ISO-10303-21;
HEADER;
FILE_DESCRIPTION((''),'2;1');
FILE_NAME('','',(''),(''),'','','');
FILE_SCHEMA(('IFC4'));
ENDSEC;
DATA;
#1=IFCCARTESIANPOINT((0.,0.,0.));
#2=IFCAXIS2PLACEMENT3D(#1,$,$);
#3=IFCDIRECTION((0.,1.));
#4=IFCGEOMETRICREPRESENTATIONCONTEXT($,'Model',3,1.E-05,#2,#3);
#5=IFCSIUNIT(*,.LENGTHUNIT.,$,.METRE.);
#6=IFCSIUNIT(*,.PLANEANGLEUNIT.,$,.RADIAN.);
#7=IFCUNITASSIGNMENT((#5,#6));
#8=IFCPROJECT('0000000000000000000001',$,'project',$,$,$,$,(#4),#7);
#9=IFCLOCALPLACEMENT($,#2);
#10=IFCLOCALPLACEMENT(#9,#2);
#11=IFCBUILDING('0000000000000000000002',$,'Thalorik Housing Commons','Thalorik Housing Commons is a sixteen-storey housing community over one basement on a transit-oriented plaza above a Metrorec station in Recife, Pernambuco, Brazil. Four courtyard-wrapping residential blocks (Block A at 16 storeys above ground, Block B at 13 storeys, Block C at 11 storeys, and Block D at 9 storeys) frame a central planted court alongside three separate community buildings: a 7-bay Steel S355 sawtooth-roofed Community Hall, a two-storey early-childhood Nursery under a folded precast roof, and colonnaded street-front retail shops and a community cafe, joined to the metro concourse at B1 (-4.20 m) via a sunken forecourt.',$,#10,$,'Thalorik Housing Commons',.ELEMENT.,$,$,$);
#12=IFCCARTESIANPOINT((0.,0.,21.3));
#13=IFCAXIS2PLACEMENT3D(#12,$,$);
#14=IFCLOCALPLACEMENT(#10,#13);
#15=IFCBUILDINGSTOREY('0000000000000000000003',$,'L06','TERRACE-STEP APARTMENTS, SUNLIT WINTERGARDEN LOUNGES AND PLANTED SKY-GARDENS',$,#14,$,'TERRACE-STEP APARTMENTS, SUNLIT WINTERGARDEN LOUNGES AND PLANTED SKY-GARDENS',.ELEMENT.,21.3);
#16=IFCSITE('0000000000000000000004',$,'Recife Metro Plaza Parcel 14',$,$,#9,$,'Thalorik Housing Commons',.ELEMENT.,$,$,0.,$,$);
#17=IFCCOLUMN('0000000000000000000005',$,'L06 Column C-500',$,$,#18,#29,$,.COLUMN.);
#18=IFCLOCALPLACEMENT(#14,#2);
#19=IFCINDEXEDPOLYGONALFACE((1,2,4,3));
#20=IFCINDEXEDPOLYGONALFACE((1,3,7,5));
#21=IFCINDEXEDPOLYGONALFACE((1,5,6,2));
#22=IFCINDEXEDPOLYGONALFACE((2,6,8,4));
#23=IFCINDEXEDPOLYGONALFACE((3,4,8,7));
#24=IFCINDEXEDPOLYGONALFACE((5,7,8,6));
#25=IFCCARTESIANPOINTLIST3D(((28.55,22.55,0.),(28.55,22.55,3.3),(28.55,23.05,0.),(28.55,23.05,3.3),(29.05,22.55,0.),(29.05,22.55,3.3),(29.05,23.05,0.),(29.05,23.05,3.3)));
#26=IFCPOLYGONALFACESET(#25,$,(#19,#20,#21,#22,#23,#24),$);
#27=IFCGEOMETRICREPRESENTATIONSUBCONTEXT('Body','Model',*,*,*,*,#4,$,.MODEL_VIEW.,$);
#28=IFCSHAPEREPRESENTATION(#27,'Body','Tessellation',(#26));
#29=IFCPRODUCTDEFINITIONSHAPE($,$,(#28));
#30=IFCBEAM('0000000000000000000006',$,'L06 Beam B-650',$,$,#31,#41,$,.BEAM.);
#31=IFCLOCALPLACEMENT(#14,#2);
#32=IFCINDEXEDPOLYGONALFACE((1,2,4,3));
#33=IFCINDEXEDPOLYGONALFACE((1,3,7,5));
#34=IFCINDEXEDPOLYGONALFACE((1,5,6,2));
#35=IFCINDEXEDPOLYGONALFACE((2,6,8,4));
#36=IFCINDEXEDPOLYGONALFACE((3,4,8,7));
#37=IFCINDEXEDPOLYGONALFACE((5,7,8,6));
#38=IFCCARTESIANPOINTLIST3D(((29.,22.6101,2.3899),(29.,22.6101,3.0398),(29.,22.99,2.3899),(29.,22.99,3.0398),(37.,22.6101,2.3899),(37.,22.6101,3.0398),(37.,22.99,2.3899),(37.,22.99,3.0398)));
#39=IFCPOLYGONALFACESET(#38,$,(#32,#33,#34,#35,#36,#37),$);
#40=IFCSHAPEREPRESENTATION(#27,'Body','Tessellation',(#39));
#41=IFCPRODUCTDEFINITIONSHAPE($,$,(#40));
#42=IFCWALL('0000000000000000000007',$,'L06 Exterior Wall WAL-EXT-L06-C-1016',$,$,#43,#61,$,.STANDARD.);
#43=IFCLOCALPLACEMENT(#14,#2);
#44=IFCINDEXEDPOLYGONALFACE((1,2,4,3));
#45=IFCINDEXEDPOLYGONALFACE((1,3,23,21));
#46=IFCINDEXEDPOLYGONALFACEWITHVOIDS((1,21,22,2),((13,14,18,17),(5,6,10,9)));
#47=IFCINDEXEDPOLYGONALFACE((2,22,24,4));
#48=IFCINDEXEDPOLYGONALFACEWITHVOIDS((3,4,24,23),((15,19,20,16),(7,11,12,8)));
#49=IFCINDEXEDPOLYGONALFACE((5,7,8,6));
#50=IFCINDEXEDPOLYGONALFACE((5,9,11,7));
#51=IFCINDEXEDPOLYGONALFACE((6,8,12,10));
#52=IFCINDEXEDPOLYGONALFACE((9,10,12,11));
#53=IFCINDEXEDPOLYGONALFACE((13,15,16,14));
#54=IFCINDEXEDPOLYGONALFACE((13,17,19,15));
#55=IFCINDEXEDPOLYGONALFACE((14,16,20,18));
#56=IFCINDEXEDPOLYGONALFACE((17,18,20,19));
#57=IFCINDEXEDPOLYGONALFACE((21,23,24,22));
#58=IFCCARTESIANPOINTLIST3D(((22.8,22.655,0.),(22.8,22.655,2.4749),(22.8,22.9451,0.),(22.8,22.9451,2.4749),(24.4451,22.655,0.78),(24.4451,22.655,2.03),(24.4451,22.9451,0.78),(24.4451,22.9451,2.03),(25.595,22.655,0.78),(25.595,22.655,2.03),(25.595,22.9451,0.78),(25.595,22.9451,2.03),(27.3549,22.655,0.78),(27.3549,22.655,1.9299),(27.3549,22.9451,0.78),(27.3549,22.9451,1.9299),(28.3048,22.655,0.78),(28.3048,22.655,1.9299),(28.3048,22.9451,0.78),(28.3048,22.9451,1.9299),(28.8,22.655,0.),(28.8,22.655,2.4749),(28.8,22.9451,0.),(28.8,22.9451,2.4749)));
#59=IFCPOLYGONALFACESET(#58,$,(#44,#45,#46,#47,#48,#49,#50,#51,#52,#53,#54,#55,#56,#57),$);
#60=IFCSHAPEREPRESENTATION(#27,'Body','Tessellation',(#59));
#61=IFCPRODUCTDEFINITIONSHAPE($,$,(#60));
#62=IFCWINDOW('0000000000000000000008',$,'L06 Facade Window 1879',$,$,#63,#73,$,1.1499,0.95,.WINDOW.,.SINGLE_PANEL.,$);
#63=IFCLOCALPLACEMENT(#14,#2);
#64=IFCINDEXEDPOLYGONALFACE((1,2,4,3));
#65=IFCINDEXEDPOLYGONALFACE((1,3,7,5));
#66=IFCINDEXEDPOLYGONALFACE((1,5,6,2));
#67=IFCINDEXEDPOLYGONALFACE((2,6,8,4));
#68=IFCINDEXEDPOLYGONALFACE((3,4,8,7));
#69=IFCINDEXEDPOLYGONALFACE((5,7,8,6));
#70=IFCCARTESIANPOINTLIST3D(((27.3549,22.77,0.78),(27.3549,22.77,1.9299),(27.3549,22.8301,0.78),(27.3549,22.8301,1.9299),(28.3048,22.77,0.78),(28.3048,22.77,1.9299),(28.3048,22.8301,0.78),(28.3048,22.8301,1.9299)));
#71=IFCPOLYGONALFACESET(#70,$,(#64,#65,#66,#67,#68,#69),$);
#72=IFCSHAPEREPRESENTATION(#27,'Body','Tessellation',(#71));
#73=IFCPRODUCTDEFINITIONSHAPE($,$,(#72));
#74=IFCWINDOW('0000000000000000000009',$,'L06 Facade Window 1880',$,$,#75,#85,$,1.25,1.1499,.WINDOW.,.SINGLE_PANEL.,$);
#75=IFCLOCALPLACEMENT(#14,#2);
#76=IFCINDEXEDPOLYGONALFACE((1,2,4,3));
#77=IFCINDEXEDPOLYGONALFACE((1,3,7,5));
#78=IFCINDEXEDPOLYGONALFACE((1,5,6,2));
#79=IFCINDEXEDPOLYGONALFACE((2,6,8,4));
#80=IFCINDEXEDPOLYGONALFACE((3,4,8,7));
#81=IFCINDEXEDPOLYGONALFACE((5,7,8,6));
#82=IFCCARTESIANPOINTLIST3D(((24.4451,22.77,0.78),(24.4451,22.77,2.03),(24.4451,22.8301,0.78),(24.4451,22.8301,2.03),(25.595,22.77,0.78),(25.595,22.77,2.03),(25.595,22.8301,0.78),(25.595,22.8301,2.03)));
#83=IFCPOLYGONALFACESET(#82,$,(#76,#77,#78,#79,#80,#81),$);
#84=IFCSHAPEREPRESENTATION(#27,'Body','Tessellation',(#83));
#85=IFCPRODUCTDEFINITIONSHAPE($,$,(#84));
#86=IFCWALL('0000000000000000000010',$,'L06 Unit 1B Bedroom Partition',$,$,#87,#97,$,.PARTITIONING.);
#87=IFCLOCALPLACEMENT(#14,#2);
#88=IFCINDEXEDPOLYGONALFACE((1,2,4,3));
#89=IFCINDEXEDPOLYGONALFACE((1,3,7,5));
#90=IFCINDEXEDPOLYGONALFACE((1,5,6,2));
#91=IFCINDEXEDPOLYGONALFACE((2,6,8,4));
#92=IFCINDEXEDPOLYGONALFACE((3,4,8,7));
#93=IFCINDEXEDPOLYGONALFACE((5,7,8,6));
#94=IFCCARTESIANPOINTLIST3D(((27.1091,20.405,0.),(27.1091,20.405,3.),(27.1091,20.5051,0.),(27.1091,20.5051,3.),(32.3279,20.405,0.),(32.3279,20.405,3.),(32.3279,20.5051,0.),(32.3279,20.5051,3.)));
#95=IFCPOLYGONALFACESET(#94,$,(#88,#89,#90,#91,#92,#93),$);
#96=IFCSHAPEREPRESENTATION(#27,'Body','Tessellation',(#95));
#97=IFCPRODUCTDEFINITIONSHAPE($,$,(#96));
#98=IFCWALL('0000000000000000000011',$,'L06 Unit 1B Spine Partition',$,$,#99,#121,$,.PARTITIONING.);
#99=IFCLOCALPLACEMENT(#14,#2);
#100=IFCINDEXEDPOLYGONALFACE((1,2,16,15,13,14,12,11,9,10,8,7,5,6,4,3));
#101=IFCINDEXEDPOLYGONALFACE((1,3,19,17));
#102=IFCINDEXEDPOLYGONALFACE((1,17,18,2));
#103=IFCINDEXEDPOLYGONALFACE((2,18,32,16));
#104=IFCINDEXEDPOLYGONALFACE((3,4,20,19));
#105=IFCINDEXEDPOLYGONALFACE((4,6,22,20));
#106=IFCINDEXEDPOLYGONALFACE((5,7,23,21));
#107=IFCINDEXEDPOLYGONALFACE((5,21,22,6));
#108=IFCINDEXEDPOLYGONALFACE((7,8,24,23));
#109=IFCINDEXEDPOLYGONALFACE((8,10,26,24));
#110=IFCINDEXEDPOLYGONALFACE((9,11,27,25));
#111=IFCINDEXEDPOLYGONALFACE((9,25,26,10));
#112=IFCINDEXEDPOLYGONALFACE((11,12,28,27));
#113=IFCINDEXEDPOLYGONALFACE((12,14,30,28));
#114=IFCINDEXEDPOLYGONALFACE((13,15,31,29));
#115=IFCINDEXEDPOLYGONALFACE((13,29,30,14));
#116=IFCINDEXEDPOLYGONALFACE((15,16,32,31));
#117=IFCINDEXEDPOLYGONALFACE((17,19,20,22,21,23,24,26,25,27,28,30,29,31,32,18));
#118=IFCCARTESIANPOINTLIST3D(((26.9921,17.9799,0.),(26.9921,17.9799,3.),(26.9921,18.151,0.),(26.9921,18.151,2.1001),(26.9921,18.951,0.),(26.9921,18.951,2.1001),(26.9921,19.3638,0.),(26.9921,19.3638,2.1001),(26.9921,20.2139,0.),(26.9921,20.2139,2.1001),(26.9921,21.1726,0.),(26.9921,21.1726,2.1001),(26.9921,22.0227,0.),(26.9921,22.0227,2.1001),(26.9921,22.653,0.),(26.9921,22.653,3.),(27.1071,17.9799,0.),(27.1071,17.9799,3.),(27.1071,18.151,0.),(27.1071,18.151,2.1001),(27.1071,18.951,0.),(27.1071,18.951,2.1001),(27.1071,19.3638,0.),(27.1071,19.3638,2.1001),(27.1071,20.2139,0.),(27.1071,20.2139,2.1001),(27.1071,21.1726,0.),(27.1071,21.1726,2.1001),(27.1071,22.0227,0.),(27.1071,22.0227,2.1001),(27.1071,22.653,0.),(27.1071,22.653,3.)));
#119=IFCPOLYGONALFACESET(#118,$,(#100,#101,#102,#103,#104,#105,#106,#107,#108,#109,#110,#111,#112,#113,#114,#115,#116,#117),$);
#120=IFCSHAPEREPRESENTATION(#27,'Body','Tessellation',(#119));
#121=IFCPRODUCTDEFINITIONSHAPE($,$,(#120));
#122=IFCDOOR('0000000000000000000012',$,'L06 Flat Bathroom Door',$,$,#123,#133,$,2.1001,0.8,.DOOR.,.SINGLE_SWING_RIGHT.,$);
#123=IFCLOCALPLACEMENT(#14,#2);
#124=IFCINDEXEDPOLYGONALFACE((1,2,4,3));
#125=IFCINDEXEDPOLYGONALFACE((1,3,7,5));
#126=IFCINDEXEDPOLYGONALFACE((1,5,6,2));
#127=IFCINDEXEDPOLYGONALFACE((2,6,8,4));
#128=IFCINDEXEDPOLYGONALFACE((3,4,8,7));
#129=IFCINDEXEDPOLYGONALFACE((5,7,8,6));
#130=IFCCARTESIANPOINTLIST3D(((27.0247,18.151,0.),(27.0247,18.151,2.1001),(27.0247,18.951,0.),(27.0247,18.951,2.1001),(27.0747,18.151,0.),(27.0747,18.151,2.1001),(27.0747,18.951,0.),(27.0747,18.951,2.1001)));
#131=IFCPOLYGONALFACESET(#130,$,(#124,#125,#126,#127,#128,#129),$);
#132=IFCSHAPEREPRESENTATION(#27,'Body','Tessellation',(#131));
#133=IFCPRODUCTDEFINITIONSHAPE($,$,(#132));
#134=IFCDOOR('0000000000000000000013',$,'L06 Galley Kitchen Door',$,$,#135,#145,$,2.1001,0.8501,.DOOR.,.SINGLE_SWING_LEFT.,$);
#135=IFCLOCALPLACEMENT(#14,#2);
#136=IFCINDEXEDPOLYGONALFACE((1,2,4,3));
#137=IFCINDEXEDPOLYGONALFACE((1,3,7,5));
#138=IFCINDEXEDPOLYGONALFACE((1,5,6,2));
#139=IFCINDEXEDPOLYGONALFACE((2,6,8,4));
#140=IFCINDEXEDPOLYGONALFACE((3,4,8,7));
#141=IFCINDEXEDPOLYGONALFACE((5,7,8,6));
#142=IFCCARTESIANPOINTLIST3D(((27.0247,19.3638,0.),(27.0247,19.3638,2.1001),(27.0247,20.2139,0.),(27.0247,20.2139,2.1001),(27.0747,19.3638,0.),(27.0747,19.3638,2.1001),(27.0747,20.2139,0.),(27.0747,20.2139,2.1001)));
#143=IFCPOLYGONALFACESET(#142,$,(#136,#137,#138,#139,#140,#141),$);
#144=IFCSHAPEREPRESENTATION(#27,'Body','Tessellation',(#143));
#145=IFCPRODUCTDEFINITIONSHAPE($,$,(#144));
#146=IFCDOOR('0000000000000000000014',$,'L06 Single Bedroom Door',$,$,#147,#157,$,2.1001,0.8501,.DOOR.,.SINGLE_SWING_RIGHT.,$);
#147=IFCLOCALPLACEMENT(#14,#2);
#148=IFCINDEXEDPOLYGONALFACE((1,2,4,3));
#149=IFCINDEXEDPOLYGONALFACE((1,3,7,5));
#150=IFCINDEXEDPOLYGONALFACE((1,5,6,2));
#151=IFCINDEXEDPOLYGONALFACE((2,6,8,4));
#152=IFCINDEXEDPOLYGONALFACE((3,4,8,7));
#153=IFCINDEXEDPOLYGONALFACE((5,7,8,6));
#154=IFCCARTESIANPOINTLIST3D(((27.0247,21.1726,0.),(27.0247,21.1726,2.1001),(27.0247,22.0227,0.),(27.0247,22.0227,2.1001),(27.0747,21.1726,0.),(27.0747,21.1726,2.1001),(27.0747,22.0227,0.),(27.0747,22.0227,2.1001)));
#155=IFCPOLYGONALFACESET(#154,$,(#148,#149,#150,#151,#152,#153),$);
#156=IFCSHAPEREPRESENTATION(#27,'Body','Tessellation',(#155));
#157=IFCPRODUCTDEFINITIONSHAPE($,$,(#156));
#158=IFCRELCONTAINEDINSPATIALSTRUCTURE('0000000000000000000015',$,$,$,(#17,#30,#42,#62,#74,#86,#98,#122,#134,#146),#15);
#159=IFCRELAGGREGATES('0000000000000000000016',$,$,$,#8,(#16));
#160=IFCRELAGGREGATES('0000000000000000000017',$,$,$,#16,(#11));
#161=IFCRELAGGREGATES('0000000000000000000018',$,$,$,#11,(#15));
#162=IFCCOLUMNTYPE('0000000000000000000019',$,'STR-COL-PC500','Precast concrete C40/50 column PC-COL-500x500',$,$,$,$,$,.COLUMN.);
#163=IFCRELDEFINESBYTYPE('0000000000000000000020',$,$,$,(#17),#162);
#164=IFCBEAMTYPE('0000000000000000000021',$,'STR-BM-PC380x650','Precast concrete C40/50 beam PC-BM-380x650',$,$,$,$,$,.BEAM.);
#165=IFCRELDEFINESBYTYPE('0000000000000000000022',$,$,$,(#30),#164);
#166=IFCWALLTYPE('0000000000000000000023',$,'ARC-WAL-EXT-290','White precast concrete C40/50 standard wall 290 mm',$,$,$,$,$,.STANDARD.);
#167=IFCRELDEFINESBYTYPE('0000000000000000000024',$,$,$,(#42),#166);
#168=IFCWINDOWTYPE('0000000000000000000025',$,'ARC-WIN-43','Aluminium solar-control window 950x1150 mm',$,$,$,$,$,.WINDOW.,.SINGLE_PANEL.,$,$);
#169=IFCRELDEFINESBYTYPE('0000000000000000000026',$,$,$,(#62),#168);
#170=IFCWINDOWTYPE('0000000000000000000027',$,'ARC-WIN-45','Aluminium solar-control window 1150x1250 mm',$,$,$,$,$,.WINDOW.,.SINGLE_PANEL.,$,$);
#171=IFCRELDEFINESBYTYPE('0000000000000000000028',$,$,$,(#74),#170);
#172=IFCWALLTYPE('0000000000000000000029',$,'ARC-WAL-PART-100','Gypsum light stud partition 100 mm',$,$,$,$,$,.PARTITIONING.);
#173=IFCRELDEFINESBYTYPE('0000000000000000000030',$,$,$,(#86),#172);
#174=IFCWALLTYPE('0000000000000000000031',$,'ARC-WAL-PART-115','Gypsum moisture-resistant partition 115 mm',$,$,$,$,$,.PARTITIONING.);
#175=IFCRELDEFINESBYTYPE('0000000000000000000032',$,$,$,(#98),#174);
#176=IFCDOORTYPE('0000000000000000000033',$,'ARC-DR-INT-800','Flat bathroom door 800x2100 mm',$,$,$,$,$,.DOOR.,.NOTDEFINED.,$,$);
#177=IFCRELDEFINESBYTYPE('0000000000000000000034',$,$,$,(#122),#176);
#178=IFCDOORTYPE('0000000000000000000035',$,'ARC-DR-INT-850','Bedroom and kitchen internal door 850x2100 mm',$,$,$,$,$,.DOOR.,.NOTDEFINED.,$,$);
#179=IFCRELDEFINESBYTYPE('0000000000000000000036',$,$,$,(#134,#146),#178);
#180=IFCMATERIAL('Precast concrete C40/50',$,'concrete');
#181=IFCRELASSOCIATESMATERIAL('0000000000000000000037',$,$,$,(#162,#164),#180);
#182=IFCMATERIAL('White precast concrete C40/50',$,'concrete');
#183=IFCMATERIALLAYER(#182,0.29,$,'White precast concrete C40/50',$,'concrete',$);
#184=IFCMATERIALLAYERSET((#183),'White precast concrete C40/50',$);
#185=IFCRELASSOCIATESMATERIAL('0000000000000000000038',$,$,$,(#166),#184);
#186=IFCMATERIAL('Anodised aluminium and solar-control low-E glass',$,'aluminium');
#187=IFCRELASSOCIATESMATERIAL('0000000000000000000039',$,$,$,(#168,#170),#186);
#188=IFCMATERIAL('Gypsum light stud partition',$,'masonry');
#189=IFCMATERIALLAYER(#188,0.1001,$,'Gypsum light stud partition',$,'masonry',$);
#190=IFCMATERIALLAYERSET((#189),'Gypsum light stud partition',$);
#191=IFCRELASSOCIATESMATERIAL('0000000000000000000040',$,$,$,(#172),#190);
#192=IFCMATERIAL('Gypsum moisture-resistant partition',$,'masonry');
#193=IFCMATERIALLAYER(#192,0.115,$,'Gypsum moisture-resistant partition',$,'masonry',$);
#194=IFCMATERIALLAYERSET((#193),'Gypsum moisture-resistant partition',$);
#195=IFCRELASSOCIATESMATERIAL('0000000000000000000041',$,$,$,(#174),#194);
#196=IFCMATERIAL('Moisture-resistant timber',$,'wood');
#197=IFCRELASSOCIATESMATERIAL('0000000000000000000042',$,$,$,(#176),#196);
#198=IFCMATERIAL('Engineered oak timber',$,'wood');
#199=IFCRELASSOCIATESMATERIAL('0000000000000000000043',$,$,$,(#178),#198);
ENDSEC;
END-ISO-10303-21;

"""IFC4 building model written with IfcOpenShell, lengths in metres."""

from ifc_helpers import new_model, si_unit, direction, frame, frame_2d, origin, origin_2d, place, context, subcontext, project, spatial, rectangle, extrude, material, layer, layer_set, material_profile, profile_set, type_object, element, fill, save


model = new_model("IFC4")

# Units and contexts
model_context = context("Model", 3, precision=1e-05, world=origin(), true_north=direction((0.0, 1.0)))
body_context = subcontext(model_context, "Body", "Model", "MODEL_VIEW")
ifc_project = project(units=[si_unit("LENGTHUNIT", "METRE"), si_unit("PLANEANGLEUNIT", "RADIAN")], contexts=[model_context])

# Site, building, storey
site_placement = place(None, origin())
site = spatial("IfcSite", under=ifc_project, at=site_placement, Name="Recife Metro Plaza Parcel 14", LongName="Thalorik Housing Commons", CompositionType="ELEMENT", RefElevation=0.0)
building_placement = place(site_placement, origin())
building = spatial("IfcBuilding", under=site, at=building_placement, Name="Thalorik Housing Commons", Description="Thalorik Housing Commons is a sixteen-storey housing community over one basement on a transit-oriented plaza above a Metrorec station in Recife, Pernambuco, Brazil. Four courtyard-wrapping residential blocks (Block A at 16 storeys above ground, Block B at 13 storeys, Block C at 11 storeys, and Block D at 9 storeys) frame a central planted court alongside three separate community buildings: a 7-bay Steel S355 sawtooth-roofed Community Hall, a two-storey early-childhood Nursery under a folded precast roof, and colonnaded street-front retail shops and a community cafe, joined to the metro concourse at B1 (-4.20 m) via a sunken forecourt.", LongName="Thalorik Housing Commons", CompositionType="ELEMENT")
storey_placement = place(building_placement, frame((0.0, 0.0, 21.3)))
storey = spatial("IfcBuildingStorey", under=building, at=storey_placement, Name="L06", Description="TERRACE-STEP APARTMENTS, SUNLIT WINTERGARDEN LOUNGES AND PLANTED SKY-GARDENS", LongName="TERRACE-STEP APARTMENTS, SUNLIT WINTERGARDEN LOUNGES AND PLANTED SKY-GARDENS", CompositionType="ELEMENT", Elevation=21.3)

# Column
ifc_material_1 = material(Name="Precast concrete C40/50", Category="concrete")
ifc_material_profile_1 = material_profile(ifc_material_1, rectangle(XDim=0.5, YDim=0.5, at=origin_2d()), Name="PC 500x500", Category="concrete")
ifc_profile_set_1 = profile_set([ifc_material_profile_1], Name="Precast concrete C40/50")
column_type = type_object("IfcColumnType", Name="STR-COL-PC500", Description="Precast concrete C40/50 column PC-COL-500x500", PredefinedType="COLUMN", material=ifc_profile_set_1)
column_placement = place(storey_placement, frame((28.8, 22.8, 0.0), z_axis=(0.0, 0.0, 1.0), x_axis=(1.0, 0.0, 0.0)))
element("IfcColumn", 1, at=column_placement, inside=storey, type_object=column_type, Name="L06 Column C-500", PredefinedType="COLUMN", context=body_context, shape_type="SweptSolid", body=[
    extrude(rectangle(XDim=0.5, YDim=0.5, at=origin_2d()), origin(), (0.0, 0.0, 1.0), 3.3),
])

# Beam
ifc_material_profile_2 = material_profile(ifc_material_1, rectangle(XDim=0.3799, YDim=0.6499, at=origin_2d()), Name="PC 380x650", Category="concrete")
ifc_profile_set_2 = profile_set([ifc_material_profile_2], Name="Precast concrete C40/50")
beam_type = type_object("IfcBeamType", Name="STR-BM-PC380x650", Description="Precast concrete C40/50 beam PC-BM-380x650", PredefinedType="BEAM", material=ifc_profile_set_2)
beam_placement = place(storey_placement, frame((29.0, 22.8, 2.7148), z_axis=(1.0, 0.0, 0.0), x_axis=(0.0, 1.0, 0.0)))
element("IfcBeam", 2, at=beam_placement, inside=storey, type_object=beam_type, Name="L06 Beam B-650", PredefinedType="BEAM", context=body_context, shape_type="SweptSolid", body=[
    extrude(rectangle(XDim=0.3799, YDim=0.6499, at=origin_2d()), origin(), (0.0, 0.0, 1.0), 8.0),
])

# Wall, openings, windows
ifc_material_2 = material(Name="White precast concrete C40/50", Category="concrete")
ifc_layer_1 = layer(ifc_material_2, 0.29, Name="White precast concrete C40/50", Category="concrete")
ifc_layer_set_1 = layer_set([ifc_layer_1], Name="White precast concrete C40/50")
wall_type_1 = type_object("IfcWallType", Name="ARC-WAL-EXT-290", Description="White precast concrete C40/50 standard wall 290 mm", PredefinedType="STANDARD", material=ifc_layer_set_1)
wall_1_placement = place(storey_placement, frame((28.8, 22.8, 0.0), z_axis=(0.0, 0.0, 1.0), x_axis=(-1.0, 0.0, 0.0)))
wall_1 = element("IfcWall", 3, at=wall_1_placement, inside=storey, type_object=wall_type_1, Name="L06 Exterior Wall WAL-EXT-L06-C-1016", PredefinedType="STANDARD", context=body_context, shape_type="SweptSolid", body=[
    extrude(rectangle(XDim=6.0, YDim=0.29, at=frame_2d((3.0, 0.0))), origin(), (0.0, 0.0, 1.0), 2.4749),
])
opening_1_placement = place(wall_1_placement, frame((0.4951, 0.0, 0.78)))
opening_1 = element("IfcOpeningElement", 4, at=opening_1_placement, cuts=wall_1, PredefinedType="OPENING", context=body_context, shape_type="SweptSolid", body=[
    extrude(rectangle(XDim=0.95, YDim=1.1499, at=frame_2d((0.4751, 0.575))), frame((0.0, 0.155, 0.0), z_axis=(0.0, -1.0, 0.0), x_axis=(1.0, 0.0, 0.0)), (0.0, 0.0, 1.0), 0.3101),
])
opening_2_placement = place(wall_1_placement, frame((3.2051, 0.0, 0.78)))
opening_2 = element("IfcOpeningElement", 5, at=opening_2_placement, cuts=wall_1, PredefinedType="OPENING", context=body_context, shape_type="SweptSolid", body=[
    extrude(rectangle(XDim=1.1499, YDim=1.25, at=frame_2d((0.575, 0.625))), frame((0.0, 0.155, 0.0), z_axis=(0.0, -1.0, 0.0), x_axis=(1.0, 0.0, 0.0)), (0.0, 0.0, 1.0), 0.3101),
])
ifc_material_3 = material(Name="Anodised aluminium and solar-control low-E glass", Category="aluminium")
window_type_1 = type_object("IfcWindowType", Name="ARC-WIN-43", Description="Aluminium solar-control window 950x1150 mm", PartitioningType="SINGLE_PANEL", PredefinedType="WINDOW", material=ifc_material_3)
window_1_placement = place(opening_1_placement, origin())
window_1 = element("IfcWindow", 6, at=window_1_placement, inside=storey, type_object=window_type_1, Name="L06 Facade Window 1879", OverallHeight=1.1499, OverallWidth=0.95, PartitioningType="SINGLE_PANEL", PredefinedType="WINDOW", context=body_context, shape_type="SweptSolid", body=[
    extrude(rectangle(XDim=0.95, YDim=1.1499, at=frame_2d((0.4751, 0.575))), frame((0.0, 0.03, 0.0), z_axis=(0.0, -1.0, 0.0), x_axis=(1.0, 0.0, 0.0)), (0.0, 0.0, 1.0), 0.0601),
])
fill(opening_1, window_1)
window_type_2 = type_object("IfcWindowType", Name="ARC-WIN-45", Description="Aluminium solar-control window 1150x1250 mm", PartitioningType="SINGLE_PANEL", PredefinedType="WINDOW", material=ifc_material_3)
window_2_placement = place(opening_2_placement, origin())
window_2 = element("IfcWindow", 7, at=window_2_placement, inside=storey, type_object=window_type_2, Name="L06 Facade Window 1880", OverallHeight=1.25, OverallWidth=1.1499, PartitioningType="SINGLE_PANEL", PredefinedType="WINDOW", context=body_context, shape_type="SweptSolid", body=[
    extrude(rectangle(XDim=1.1499, YDim=1.25, at=frame_2d((0.575, 0.625))), frame((0.0, 0.03, 0.0), z_axis=(0.0, -1.0, 0.0), x_axis=(1.0, 0.0, 0.0)), (0.0, 0.0, 1.0), 0.0601),
])
fill(opening_2, window_2)

# Wall
ifc_material_4 = material(Name="Gypsum light stud partition", Category="masonry")
ifc_layer_2 = layer(ifc_material_4, 0.1001, Name="Gypsum light stud partition", Category="masonry")
ifc_layer_set_2 = layer_set([ifc_layer_2], Name="Gypsum light stud partition")
wall_type_2 = type_object("IfcWallType", Name="ARC-WAL-PART-100", Description="Gypsum light stud partition 100 mm", PredefinedType="PARTITIONING", material=ifc_layer_set_2)
wall_2_placement = place(storey_placement, frame((27.1091, 20.4551, 0.0), z_axis=(0.0, 0.0, 1.0), x_axis=(1.0, 0.0, 0.0)))
element("IfcWall", 8, at=wall_2_placement, inside=storey, type_object=wall_type_2, Name="L06 Unit 1B Bedroom Partition", PredefinedType="PARTITIONING", context=body_context, shape_type="SweptSolid", body=[
    extrude(rectangle(XDim=5.2188, YDim=0.1001, at=frame_2d((2.6094, 0.0))), origin(), (0.0, 0.0, 1.0), 3.0),
])

# Wall, openings, doors
ifc_material_5 = material(Name="Gypsum moisture-resistant partition", Category="masonry")
ifc_layer_3 = layer(ifc_material_5, 0.115, Name="Gypsum moisture-resistant partition", Category="masonry")
ifc_layer_set_3 = layer_set([ifc_layer_3], Name="Gypsum moisture-resistant partition")
wall_type_3 = type_object("IfcWallType", Name="ARC-WAL-PART-115", Description="Gypsum moisture-resistant partition 115 mm", PredefinedType="PARTITIONING", material=ifc_layer_set_3)
wall_3_placement = place(storey_placement, frame((27.0496, 17.98, 0.0), z_axis=(0.0, 0.0, 1.0), x_axis=(0.0, 1.0, 0.0)))
wall_3 = element("IfcWall", 9, at=wall_3_placement, inside=storey, type_object=wall_type_3, Name="L06 Unit 1B Spine Partition", PredefinedType="PARTITIONING", context=body_context, shape_type="SweptSolid", body=[
    extrude(rectangle(XDim=4.6731, YDim=0.115, at=frame_2d((2.3364, 0.0))), origin(), (0.0, 0.0, 1.0), 3.0),
])
opening_3_placement = place(wall_3_placement, frame((0.1711, 0.0, 0.0)))
opening_3 = element("IfcOpeningElement", 10, at=opening_3_placement, cuts=wall_3, PredefinedType="OPENING", context=body_context, shape_type="SweptSolid", body=[
    extrude(rectangle(XDim=0.8, YDim=2.1001, at=frame_2d((0.3999, 1.05))), frame((0.0, 0.0674, 0.0), z_axis=(0.0, -1.0, 0.0), x_axis=(1.0, 0.0, 0.0)), (0.0, 0.0, 1.0), 0.135),
])
opening_4_placement = place(wall_3_placement, frame((1.3838, 0.0, 0.0)))
opening_4 = element("IfcOpeningElement", 11, at=opening_4_placement, cuts=wall_3, PredefinedType="OPENING", context=body_context, shape_type="SweptSolid", body=[
    extrude(rectangle(XDim=0.8501, YDim=2.1001, at=frame_2d((0.425, 1.05))), frame((0.0, 0.0674, 0.0), z_axis=(0.0, -1.0, 0.0), x_axis=(1.0, 0.0, 0.0)), (0.0, 0.0, 1.0), 0.135),
])
opening_5_placement = place(wall_3_placement, frame((3.1926, 0.0, 0.0)))
opening_5 = element("IfcOpeningElement", 12, at=opening_5_placement, cuts=wall_3, PredefinedType="OPENING", context=body_context, shape_type="SweptSolid", body=[
    extrude(rectangle(XDim=0.8501, YDim=2.1001, at=frame_2d((0.425, 1.05))), frame((0.0, 0.0674, 0.0), z_axis=(0.0, -1.0, 0.0), x_axis=(1.0, 0.0, 0.0)), (0.0, 0.0, 1.0), 0.135),
])
ifc_material_6 = material(Name="Moisture-resistant timber", Category="wood")
door_type_1 = type_object("IfcDoorType", Name="ARC-DR-INT-800", Description="Flat bathroom door 800x2100 mm", OperationType="NOTDEFINED", PredefinedType="DOOR", material=ifc_material_6)
door_1_placement = place(opening_3_placement, origin())
door_1 = element("IfcDoor", 13, at=door_1_placement, inside=storey, type_object=door_type_1, Name="L06 Flat Bathroom Door", OperationType="SINGLE_SWING_RIGHT", OverallHeight=2.1001, OverallWidth=0.8, PredefinedType="DOOR", context=body_context, shape_type="SweptSolid", body=[
    extrude(rectangle(XDim=0.8, YDim=2.1001, at=frame_2d((0.3999, 1.05))), frame((0.0, 0.0249, 0.0), z_axis=(0.0, -1.0, 0.0), x_axis=(1.0, 0.0, 0.0)), (0.0, 0.0, 1.0), 0.05),
])
fill(opening_3, door_1)
ifc_material_7 = material(Name="Engineered oak timber", Category="wood")
door_type_2 = type_object("IfcDoorType", Name="ARC-DR-INT-850", Description="Bedroom and kitchen internal door 850x2100 mm", OperationType="NOTDEFINED", PredefinedType="DOOR", material=ifc_material_7)
door_2_placement = place(opening_4_placement, origin())
door_2 = element("IfcDoor", 14, at=door_2_placement, inside=storey, type_object=door_type_2, Name="L06 Galley Kitchen Door", OperationType="SINGLE_SWING_LEFT", OverallHeight=2.1001, OverallWidth=0.8501, PredefinedType="DOOR", context=body_context, shape_type="SweptSolid", body=[
    extrude(rectangle(XDim=0.8501, YDim=2.1001, at=frame_2d((0.425, 1.05))), frame((0.0, 0.0249, 0.0), z_axis=(0.0, -1.0, 0.0), x_axis=(1.0, 0.0, 0.0)), (0.0, 0.0, 1.0), 0.05),
])
fill(opening_4, door_2)
door_3_placement = place(opening_5_placement, origin())
door_3 = element("IfcDoor", 15, at=door_3_placement, inside=storey, type_object=door_type_2, Name="L06 Single Bedroom Door", OperationType="SINGLE_SWING_RIGHT", OverallHeight=2.1001, OverallWidth=0.8501, PredefinedType="DOOR", context=body_context, shape_type="SweptSolid", body=[
    extrude(rectangle(XDim=0.8501, YDim=2.1001, at=frame_2d((0.425, 1.05))), frame((0.0, 0.0249, 0.0), z_axis=(0.0, -1.0, 0.0), x_axis=(1.0, 0.0, 0.0)), (0.0, 0.0, 1.0), 0.05),
])
fill(opening_5, door_3)

save(model, "model.ifc")
